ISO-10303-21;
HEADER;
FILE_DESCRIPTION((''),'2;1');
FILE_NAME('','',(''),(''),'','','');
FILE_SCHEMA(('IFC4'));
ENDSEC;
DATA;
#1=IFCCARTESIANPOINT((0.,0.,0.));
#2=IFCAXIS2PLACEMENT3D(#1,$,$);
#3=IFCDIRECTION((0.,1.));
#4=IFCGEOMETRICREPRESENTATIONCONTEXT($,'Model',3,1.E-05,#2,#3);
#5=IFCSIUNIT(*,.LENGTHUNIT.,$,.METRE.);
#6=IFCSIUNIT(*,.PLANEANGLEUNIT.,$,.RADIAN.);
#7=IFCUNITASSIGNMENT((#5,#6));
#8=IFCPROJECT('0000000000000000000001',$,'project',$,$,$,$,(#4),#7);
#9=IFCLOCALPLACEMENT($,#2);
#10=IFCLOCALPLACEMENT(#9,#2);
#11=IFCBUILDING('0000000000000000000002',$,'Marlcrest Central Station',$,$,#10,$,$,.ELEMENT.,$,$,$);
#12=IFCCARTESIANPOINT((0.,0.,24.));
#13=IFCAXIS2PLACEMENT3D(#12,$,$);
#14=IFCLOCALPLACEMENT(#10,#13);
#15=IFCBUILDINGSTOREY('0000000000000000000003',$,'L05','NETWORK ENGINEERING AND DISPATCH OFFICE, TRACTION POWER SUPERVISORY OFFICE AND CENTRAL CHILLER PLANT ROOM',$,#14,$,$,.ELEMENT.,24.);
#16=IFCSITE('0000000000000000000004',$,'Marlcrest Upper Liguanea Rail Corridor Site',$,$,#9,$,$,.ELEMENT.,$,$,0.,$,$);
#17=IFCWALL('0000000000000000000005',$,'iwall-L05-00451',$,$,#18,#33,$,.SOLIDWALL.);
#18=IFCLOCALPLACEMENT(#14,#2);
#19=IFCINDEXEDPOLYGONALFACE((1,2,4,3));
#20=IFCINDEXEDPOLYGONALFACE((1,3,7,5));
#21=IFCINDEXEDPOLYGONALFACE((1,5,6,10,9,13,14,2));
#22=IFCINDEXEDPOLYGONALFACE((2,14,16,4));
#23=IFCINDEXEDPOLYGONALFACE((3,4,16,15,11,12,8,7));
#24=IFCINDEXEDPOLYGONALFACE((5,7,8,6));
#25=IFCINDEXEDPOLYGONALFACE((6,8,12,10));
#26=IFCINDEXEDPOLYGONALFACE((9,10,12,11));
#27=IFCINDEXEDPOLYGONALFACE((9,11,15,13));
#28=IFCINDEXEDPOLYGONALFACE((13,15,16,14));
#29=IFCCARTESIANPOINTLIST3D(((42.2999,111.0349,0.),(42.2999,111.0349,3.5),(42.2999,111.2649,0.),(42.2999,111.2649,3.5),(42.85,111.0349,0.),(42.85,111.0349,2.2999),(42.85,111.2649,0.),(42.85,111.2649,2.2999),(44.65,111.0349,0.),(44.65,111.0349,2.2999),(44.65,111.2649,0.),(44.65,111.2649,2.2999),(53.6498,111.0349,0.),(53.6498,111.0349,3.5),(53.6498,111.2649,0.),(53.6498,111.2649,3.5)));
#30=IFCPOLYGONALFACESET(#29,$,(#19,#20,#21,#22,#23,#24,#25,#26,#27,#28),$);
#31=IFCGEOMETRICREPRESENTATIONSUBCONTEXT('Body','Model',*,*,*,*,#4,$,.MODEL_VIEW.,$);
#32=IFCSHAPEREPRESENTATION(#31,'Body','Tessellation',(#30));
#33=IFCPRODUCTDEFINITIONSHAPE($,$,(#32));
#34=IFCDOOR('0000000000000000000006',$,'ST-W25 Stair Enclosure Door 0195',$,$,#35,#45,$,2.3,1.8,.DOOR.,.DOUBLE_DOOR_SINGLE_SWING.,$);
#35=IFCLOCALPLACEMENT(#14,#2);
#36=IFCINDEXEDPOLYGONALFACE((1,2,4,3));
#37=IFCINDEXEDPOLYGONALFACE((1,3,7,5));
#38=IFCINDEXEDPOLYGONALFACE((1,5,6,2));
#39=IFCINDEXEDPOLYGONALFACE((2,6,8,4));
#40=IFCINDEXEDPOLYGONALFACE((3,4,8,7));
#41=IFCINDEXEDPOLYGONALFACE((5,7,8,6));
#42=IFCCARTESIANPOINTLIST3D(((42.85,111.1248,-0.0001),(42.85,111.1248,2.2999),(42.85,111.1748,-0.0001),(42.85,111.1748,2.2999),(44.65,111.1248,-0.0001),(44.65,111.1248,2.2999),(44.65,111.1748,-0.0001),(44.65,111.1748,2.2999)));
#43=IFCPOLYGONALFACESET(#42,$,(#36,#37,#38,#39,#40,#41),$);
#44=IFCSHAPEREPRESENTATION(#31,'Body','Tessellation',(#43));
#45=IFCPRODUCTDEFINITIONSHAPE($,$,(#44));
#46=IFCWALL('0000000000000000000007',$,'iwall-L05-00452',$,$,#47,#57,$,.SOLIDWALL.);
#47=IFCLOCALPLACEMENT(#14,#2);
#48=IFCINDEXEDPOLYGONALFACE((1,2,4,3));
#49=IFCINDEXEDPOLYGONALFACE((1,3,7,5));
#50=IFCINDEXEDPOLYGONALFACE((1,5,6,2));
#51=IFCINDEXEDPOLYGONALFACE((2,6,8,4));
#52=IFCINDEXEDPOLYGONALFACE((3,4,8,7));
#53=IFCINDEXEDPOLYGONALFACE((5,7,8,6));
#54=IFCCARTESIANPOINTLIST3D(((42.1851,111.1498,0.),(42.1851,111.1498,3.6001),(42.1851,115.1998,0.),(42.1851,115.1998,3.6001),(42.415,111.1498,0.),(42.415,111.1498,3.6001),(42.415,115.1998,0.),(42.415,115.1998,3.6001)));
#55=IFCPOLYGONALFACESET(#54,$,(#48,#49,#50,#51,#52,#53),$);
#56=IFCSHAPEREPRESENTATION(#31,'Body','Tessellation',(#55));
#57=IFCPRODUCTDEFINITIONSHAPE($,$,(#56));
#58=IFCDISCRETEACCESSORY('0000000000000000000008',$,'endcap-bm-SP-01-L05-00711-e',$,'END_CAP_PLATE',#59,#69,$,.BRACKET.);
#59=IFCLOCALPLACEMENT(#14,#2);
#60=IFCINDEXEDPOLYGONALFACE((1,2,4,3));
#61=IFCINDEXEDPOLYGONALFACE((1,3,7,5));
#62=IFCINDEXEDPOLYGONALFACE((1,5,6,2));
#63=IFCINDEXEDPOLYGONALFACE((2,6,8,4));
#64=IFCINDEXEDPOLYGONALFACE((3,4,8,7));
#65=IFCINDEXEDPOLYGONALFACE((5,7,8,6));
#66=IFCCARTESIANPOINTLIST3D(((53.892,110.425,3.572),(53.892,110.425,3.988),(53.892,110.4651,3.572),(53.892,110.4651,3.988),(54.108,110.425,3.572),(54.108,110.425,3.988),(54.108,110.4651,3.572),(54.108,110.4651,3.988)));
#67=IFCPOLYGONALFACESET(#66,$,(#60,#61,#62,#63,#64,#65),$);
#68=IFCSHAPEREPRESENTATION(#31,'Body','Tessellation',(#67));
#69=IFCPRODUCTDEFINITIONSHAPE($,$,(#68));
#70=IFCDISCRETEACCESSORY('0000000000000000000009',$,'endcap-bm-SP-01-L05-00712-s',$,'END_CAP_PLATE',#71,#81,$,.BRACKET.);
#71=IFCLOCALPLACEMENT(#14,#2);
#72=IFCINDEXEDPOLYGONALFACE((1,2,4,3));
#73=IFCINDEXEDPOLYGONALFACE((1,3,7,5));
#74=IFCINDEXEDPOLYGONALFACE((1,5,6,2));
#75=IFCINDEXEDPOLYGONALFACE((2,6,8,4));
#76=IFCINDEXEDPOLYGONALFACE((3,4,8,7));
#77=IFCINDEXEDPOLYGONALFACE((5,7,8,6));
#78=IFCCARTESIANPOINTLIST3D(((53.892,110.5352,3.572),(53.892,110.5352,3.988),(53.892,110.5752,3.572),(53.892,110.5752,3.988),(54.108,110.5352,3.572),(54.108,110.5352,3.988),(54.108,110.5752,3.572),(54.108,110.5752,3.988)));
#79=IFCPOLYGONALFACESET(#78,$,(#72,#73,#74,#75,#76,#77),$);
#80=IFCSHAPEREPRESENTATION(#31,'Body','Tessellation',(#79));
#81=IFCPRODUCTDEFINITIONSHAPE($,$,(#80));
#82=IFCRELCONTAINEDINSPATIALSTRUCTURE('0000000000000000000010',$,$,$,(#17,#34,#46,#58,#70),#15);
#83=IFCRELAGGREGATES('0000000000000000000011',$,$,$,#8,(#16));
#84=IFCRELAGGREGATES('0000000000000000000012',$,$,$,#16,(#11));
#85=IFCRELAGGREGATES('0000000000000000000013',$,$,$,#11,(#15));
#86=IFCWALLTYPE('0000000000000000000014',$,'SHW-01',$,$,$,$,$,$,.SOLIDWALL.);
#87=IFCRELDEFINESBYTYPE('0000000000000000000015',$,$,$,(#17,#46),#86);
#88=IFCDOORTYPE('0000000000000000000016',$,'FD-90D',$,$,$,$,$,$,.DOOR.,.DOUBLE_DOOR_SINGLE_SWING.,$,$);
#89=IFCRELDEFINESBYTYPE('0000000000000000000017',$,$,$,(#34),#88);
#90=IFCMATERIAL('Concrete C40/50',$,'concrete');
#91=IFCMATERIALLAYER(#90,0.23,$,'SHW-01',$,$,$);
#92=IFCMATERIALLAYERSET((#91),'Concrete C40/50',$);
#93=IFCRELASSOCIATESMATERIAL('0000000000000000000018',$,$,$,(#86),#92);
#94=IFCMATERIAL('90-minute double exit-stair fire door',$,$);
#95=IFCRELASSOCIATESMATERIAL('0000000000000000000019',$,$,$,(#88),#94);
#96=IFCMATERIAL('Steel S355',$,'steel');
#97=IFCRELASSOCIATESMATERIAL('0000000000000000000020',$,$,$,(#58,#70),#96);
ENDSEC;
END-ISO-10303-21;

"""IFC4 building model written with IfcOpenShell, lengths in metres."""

from ifc_helpers import new_model, si_unit, direction, frame, frame_2d, origin, origin_2d, place, context, subcontext, project, spatial, rectangle, extrude, material, layer, layer_set, type_object, element, fill, save


model = new_model("IFC4")

# Units and contexts
model_context = context("Model", 3, precision=1e-05, world=origin(), true_north=direction((0.0, 1.0)))
body_context = subcontext(model_context, "Body", "Model", "MODEL_VIEW")
ifc_project = project(units=[si_unit("LENGTHUNIT", "METRE"), si_unit("PLANEANGLEUNIT", "RADIAN")], contexts=[model_context])

# Site, building, storey
site_placement = place(None, origin())
site = spatial("IfcSite", under=ifc_project, at=site_placement, Name="Marlcrest Upper Liguanea Rail Corridor Site", CompositionType="ELEMENT", RefElevation=0.0)
building_placement = place(site_placement, origin())
building = spatial("IfcBuilding", under=site, at=building_placement, Name="Marlcrest Central Station", CompositionType="ELEMENT")
storey_placement = place(building_placement, frame((0.0, 0.0, 24.0)))
storey = spatial("IfcBuildingStorey", under=building, at=storey_placement, Name="L05", Description="NETWORK ENGINEERING AND DISPATCH OFFICE, TRACTION POWER SUPERVISORY OFFICE AND CENTRAL CHILLER PLANT ROOM", CompositionType="ELEMENT", Elevation=24.0)

# Shared definitions
ifc_material_1 = material(Name="Steel S355", Category="steel")

# Shared definitions
ifc_material_2 = material(Name="Concrete C40/50", Category="concrete")

# Wall, opening, door
ifc_layer_1 = layer(ifc_material_2, 0.23, Name="SHW-01")
ifc_layer_set_1 = layer_set([ifc_layer_1], Name="Concrete C40/50")
wall_type_1 = type_object("IfcWallType", Name="SHW-01", PredefinedType="SOLIDWALL", material=ifc_layer_set_1)
wall_1_placement = place(storey_placement, frame((42.3, 111.1499, 0.0), z_axis=(0.0, 0.0, 1.0), x_axis=(1.0, 0.0, 0.0)))
wall_1 = element("IfcWall", 1, at=wall_1_placement, inside=storey, type_object=wall_type_1, Name="iwall-L05-00451", PredefinedType="SOLIDWALL", context=body_context, shape_type="SweptSolid", body=[
    extrude(rectangle(XDim=11.3499, YDim=0.23, at=frame_2d((5.6748, 0.0))), origin(), (0.0, 0.0, 1.0), 3.5),
])
opening_1_placement = place(wall_1_placement, frame((0.55, 0.0, 0.0)))
opening_1 = element("IfcOpeningElement", 2, at=opening_1_placement, cuts=wall_1, PredefinedType="OPENING", context=body_context, shape_type="SweptSolid", body=[
    extrude(rectangle(XDim=1.8, YDim=2.3, at=frame_2d((0.8999, 1.1499))), frame((0.0, 0.125, 0.0), z_axis=(0.0, -1.0, 0.0), x_axis=(1.0, 0.0, 0.0)), (0.0, 0.0, 1.0), 0.25),
])
ifc_material_3 = material(Name="90-minute double exit-stair fire door")
door_type_1 = type_object("IfcDoorType", Name="FD-90D", OperationType="DOUBLE_DOOR_SINGLE_SWING", PredefinedType="DOOR", material=ifc_material_3)
door_1_placement = place(opening_1_placement, origin())
door_1 = element("IfcDoor", 3, at=door_1_placement, inside=storey, type_object=door_type_1, Name="ST-W25 Stair Enclosure Door 0195", OperationType="DOUBLE_DOOR_SINGLE_SWING", OverallHeight=2.3, OverallWidth=1.8, PredefinedType="DOOR", context=body_context, shape_type="SweptSolid", body=[
    extrude(rectangle(XDim=1.8, YDim=2.3, at=frame_2d((0.8999, 1.1499))), frame((0.0, 0.0249, 0.0), z_axis=(0.0, -1.0, 0.0), x_axis=(1.0, 0.0, 0.0)), (0.0, 0.0, 1.0), 0.05),
])
fill(opening_1, door_1)

# Wall
wall_2_placement = place(storey_placement, frame((42.3, 111.1499, 0.0), z_axis=(0.0, 0.0, 1.0), x_axis=(0.0, 1.0, 0.0)))
element("IfcWall", 4, at=wall_2_placement, inside=storey, type_object=wall_type_1, Name="iwall-L05-00452", PredefinedType="SOLIDWALL", context=body_context, shape_type="SweptSolid", body=[
    extrude(rectangle(XDim=4.05, YDim=0.23, at=frame_2d((2.0249, 0.0))), origin(), (0.0, 0.0, 1.0), 3.6001),
])

# Discrete accessories
for number, where, z_axis, x_axis, name in (
    (5, (54.0, 110.425, 3.78), (0.0, 1.0, 0.0), (-1.0, 0.0, 0.0), "endcap-bm-SP-01-L05-00711-e"),
    (6, (54.0, 110.5352, 3.78), (0.0, 1.0, 0.0), (-1.0, 0.0, 0.0), "endcap-bm-SP-01-L05-00712-s"),
):
    element("IfcDiscreteAccessory", number, at=place(storey_placement, frame(where, z_axis=z_axis, x_axis=x_axis)), inside=storey, material=ifc_material_1, Name=name, ObjectType="END_CAP_PLATE", PredefinedType="BRACKET", context=body_context, shape_type="SweptSolid", body=[
        extrude(rectangle(XDim=0.2161, YDim=0.416, at=origin_2d()), origin(), (0.0, 0.0, 1.0), 0.04),
    ])

save(model, "model.ifc")
